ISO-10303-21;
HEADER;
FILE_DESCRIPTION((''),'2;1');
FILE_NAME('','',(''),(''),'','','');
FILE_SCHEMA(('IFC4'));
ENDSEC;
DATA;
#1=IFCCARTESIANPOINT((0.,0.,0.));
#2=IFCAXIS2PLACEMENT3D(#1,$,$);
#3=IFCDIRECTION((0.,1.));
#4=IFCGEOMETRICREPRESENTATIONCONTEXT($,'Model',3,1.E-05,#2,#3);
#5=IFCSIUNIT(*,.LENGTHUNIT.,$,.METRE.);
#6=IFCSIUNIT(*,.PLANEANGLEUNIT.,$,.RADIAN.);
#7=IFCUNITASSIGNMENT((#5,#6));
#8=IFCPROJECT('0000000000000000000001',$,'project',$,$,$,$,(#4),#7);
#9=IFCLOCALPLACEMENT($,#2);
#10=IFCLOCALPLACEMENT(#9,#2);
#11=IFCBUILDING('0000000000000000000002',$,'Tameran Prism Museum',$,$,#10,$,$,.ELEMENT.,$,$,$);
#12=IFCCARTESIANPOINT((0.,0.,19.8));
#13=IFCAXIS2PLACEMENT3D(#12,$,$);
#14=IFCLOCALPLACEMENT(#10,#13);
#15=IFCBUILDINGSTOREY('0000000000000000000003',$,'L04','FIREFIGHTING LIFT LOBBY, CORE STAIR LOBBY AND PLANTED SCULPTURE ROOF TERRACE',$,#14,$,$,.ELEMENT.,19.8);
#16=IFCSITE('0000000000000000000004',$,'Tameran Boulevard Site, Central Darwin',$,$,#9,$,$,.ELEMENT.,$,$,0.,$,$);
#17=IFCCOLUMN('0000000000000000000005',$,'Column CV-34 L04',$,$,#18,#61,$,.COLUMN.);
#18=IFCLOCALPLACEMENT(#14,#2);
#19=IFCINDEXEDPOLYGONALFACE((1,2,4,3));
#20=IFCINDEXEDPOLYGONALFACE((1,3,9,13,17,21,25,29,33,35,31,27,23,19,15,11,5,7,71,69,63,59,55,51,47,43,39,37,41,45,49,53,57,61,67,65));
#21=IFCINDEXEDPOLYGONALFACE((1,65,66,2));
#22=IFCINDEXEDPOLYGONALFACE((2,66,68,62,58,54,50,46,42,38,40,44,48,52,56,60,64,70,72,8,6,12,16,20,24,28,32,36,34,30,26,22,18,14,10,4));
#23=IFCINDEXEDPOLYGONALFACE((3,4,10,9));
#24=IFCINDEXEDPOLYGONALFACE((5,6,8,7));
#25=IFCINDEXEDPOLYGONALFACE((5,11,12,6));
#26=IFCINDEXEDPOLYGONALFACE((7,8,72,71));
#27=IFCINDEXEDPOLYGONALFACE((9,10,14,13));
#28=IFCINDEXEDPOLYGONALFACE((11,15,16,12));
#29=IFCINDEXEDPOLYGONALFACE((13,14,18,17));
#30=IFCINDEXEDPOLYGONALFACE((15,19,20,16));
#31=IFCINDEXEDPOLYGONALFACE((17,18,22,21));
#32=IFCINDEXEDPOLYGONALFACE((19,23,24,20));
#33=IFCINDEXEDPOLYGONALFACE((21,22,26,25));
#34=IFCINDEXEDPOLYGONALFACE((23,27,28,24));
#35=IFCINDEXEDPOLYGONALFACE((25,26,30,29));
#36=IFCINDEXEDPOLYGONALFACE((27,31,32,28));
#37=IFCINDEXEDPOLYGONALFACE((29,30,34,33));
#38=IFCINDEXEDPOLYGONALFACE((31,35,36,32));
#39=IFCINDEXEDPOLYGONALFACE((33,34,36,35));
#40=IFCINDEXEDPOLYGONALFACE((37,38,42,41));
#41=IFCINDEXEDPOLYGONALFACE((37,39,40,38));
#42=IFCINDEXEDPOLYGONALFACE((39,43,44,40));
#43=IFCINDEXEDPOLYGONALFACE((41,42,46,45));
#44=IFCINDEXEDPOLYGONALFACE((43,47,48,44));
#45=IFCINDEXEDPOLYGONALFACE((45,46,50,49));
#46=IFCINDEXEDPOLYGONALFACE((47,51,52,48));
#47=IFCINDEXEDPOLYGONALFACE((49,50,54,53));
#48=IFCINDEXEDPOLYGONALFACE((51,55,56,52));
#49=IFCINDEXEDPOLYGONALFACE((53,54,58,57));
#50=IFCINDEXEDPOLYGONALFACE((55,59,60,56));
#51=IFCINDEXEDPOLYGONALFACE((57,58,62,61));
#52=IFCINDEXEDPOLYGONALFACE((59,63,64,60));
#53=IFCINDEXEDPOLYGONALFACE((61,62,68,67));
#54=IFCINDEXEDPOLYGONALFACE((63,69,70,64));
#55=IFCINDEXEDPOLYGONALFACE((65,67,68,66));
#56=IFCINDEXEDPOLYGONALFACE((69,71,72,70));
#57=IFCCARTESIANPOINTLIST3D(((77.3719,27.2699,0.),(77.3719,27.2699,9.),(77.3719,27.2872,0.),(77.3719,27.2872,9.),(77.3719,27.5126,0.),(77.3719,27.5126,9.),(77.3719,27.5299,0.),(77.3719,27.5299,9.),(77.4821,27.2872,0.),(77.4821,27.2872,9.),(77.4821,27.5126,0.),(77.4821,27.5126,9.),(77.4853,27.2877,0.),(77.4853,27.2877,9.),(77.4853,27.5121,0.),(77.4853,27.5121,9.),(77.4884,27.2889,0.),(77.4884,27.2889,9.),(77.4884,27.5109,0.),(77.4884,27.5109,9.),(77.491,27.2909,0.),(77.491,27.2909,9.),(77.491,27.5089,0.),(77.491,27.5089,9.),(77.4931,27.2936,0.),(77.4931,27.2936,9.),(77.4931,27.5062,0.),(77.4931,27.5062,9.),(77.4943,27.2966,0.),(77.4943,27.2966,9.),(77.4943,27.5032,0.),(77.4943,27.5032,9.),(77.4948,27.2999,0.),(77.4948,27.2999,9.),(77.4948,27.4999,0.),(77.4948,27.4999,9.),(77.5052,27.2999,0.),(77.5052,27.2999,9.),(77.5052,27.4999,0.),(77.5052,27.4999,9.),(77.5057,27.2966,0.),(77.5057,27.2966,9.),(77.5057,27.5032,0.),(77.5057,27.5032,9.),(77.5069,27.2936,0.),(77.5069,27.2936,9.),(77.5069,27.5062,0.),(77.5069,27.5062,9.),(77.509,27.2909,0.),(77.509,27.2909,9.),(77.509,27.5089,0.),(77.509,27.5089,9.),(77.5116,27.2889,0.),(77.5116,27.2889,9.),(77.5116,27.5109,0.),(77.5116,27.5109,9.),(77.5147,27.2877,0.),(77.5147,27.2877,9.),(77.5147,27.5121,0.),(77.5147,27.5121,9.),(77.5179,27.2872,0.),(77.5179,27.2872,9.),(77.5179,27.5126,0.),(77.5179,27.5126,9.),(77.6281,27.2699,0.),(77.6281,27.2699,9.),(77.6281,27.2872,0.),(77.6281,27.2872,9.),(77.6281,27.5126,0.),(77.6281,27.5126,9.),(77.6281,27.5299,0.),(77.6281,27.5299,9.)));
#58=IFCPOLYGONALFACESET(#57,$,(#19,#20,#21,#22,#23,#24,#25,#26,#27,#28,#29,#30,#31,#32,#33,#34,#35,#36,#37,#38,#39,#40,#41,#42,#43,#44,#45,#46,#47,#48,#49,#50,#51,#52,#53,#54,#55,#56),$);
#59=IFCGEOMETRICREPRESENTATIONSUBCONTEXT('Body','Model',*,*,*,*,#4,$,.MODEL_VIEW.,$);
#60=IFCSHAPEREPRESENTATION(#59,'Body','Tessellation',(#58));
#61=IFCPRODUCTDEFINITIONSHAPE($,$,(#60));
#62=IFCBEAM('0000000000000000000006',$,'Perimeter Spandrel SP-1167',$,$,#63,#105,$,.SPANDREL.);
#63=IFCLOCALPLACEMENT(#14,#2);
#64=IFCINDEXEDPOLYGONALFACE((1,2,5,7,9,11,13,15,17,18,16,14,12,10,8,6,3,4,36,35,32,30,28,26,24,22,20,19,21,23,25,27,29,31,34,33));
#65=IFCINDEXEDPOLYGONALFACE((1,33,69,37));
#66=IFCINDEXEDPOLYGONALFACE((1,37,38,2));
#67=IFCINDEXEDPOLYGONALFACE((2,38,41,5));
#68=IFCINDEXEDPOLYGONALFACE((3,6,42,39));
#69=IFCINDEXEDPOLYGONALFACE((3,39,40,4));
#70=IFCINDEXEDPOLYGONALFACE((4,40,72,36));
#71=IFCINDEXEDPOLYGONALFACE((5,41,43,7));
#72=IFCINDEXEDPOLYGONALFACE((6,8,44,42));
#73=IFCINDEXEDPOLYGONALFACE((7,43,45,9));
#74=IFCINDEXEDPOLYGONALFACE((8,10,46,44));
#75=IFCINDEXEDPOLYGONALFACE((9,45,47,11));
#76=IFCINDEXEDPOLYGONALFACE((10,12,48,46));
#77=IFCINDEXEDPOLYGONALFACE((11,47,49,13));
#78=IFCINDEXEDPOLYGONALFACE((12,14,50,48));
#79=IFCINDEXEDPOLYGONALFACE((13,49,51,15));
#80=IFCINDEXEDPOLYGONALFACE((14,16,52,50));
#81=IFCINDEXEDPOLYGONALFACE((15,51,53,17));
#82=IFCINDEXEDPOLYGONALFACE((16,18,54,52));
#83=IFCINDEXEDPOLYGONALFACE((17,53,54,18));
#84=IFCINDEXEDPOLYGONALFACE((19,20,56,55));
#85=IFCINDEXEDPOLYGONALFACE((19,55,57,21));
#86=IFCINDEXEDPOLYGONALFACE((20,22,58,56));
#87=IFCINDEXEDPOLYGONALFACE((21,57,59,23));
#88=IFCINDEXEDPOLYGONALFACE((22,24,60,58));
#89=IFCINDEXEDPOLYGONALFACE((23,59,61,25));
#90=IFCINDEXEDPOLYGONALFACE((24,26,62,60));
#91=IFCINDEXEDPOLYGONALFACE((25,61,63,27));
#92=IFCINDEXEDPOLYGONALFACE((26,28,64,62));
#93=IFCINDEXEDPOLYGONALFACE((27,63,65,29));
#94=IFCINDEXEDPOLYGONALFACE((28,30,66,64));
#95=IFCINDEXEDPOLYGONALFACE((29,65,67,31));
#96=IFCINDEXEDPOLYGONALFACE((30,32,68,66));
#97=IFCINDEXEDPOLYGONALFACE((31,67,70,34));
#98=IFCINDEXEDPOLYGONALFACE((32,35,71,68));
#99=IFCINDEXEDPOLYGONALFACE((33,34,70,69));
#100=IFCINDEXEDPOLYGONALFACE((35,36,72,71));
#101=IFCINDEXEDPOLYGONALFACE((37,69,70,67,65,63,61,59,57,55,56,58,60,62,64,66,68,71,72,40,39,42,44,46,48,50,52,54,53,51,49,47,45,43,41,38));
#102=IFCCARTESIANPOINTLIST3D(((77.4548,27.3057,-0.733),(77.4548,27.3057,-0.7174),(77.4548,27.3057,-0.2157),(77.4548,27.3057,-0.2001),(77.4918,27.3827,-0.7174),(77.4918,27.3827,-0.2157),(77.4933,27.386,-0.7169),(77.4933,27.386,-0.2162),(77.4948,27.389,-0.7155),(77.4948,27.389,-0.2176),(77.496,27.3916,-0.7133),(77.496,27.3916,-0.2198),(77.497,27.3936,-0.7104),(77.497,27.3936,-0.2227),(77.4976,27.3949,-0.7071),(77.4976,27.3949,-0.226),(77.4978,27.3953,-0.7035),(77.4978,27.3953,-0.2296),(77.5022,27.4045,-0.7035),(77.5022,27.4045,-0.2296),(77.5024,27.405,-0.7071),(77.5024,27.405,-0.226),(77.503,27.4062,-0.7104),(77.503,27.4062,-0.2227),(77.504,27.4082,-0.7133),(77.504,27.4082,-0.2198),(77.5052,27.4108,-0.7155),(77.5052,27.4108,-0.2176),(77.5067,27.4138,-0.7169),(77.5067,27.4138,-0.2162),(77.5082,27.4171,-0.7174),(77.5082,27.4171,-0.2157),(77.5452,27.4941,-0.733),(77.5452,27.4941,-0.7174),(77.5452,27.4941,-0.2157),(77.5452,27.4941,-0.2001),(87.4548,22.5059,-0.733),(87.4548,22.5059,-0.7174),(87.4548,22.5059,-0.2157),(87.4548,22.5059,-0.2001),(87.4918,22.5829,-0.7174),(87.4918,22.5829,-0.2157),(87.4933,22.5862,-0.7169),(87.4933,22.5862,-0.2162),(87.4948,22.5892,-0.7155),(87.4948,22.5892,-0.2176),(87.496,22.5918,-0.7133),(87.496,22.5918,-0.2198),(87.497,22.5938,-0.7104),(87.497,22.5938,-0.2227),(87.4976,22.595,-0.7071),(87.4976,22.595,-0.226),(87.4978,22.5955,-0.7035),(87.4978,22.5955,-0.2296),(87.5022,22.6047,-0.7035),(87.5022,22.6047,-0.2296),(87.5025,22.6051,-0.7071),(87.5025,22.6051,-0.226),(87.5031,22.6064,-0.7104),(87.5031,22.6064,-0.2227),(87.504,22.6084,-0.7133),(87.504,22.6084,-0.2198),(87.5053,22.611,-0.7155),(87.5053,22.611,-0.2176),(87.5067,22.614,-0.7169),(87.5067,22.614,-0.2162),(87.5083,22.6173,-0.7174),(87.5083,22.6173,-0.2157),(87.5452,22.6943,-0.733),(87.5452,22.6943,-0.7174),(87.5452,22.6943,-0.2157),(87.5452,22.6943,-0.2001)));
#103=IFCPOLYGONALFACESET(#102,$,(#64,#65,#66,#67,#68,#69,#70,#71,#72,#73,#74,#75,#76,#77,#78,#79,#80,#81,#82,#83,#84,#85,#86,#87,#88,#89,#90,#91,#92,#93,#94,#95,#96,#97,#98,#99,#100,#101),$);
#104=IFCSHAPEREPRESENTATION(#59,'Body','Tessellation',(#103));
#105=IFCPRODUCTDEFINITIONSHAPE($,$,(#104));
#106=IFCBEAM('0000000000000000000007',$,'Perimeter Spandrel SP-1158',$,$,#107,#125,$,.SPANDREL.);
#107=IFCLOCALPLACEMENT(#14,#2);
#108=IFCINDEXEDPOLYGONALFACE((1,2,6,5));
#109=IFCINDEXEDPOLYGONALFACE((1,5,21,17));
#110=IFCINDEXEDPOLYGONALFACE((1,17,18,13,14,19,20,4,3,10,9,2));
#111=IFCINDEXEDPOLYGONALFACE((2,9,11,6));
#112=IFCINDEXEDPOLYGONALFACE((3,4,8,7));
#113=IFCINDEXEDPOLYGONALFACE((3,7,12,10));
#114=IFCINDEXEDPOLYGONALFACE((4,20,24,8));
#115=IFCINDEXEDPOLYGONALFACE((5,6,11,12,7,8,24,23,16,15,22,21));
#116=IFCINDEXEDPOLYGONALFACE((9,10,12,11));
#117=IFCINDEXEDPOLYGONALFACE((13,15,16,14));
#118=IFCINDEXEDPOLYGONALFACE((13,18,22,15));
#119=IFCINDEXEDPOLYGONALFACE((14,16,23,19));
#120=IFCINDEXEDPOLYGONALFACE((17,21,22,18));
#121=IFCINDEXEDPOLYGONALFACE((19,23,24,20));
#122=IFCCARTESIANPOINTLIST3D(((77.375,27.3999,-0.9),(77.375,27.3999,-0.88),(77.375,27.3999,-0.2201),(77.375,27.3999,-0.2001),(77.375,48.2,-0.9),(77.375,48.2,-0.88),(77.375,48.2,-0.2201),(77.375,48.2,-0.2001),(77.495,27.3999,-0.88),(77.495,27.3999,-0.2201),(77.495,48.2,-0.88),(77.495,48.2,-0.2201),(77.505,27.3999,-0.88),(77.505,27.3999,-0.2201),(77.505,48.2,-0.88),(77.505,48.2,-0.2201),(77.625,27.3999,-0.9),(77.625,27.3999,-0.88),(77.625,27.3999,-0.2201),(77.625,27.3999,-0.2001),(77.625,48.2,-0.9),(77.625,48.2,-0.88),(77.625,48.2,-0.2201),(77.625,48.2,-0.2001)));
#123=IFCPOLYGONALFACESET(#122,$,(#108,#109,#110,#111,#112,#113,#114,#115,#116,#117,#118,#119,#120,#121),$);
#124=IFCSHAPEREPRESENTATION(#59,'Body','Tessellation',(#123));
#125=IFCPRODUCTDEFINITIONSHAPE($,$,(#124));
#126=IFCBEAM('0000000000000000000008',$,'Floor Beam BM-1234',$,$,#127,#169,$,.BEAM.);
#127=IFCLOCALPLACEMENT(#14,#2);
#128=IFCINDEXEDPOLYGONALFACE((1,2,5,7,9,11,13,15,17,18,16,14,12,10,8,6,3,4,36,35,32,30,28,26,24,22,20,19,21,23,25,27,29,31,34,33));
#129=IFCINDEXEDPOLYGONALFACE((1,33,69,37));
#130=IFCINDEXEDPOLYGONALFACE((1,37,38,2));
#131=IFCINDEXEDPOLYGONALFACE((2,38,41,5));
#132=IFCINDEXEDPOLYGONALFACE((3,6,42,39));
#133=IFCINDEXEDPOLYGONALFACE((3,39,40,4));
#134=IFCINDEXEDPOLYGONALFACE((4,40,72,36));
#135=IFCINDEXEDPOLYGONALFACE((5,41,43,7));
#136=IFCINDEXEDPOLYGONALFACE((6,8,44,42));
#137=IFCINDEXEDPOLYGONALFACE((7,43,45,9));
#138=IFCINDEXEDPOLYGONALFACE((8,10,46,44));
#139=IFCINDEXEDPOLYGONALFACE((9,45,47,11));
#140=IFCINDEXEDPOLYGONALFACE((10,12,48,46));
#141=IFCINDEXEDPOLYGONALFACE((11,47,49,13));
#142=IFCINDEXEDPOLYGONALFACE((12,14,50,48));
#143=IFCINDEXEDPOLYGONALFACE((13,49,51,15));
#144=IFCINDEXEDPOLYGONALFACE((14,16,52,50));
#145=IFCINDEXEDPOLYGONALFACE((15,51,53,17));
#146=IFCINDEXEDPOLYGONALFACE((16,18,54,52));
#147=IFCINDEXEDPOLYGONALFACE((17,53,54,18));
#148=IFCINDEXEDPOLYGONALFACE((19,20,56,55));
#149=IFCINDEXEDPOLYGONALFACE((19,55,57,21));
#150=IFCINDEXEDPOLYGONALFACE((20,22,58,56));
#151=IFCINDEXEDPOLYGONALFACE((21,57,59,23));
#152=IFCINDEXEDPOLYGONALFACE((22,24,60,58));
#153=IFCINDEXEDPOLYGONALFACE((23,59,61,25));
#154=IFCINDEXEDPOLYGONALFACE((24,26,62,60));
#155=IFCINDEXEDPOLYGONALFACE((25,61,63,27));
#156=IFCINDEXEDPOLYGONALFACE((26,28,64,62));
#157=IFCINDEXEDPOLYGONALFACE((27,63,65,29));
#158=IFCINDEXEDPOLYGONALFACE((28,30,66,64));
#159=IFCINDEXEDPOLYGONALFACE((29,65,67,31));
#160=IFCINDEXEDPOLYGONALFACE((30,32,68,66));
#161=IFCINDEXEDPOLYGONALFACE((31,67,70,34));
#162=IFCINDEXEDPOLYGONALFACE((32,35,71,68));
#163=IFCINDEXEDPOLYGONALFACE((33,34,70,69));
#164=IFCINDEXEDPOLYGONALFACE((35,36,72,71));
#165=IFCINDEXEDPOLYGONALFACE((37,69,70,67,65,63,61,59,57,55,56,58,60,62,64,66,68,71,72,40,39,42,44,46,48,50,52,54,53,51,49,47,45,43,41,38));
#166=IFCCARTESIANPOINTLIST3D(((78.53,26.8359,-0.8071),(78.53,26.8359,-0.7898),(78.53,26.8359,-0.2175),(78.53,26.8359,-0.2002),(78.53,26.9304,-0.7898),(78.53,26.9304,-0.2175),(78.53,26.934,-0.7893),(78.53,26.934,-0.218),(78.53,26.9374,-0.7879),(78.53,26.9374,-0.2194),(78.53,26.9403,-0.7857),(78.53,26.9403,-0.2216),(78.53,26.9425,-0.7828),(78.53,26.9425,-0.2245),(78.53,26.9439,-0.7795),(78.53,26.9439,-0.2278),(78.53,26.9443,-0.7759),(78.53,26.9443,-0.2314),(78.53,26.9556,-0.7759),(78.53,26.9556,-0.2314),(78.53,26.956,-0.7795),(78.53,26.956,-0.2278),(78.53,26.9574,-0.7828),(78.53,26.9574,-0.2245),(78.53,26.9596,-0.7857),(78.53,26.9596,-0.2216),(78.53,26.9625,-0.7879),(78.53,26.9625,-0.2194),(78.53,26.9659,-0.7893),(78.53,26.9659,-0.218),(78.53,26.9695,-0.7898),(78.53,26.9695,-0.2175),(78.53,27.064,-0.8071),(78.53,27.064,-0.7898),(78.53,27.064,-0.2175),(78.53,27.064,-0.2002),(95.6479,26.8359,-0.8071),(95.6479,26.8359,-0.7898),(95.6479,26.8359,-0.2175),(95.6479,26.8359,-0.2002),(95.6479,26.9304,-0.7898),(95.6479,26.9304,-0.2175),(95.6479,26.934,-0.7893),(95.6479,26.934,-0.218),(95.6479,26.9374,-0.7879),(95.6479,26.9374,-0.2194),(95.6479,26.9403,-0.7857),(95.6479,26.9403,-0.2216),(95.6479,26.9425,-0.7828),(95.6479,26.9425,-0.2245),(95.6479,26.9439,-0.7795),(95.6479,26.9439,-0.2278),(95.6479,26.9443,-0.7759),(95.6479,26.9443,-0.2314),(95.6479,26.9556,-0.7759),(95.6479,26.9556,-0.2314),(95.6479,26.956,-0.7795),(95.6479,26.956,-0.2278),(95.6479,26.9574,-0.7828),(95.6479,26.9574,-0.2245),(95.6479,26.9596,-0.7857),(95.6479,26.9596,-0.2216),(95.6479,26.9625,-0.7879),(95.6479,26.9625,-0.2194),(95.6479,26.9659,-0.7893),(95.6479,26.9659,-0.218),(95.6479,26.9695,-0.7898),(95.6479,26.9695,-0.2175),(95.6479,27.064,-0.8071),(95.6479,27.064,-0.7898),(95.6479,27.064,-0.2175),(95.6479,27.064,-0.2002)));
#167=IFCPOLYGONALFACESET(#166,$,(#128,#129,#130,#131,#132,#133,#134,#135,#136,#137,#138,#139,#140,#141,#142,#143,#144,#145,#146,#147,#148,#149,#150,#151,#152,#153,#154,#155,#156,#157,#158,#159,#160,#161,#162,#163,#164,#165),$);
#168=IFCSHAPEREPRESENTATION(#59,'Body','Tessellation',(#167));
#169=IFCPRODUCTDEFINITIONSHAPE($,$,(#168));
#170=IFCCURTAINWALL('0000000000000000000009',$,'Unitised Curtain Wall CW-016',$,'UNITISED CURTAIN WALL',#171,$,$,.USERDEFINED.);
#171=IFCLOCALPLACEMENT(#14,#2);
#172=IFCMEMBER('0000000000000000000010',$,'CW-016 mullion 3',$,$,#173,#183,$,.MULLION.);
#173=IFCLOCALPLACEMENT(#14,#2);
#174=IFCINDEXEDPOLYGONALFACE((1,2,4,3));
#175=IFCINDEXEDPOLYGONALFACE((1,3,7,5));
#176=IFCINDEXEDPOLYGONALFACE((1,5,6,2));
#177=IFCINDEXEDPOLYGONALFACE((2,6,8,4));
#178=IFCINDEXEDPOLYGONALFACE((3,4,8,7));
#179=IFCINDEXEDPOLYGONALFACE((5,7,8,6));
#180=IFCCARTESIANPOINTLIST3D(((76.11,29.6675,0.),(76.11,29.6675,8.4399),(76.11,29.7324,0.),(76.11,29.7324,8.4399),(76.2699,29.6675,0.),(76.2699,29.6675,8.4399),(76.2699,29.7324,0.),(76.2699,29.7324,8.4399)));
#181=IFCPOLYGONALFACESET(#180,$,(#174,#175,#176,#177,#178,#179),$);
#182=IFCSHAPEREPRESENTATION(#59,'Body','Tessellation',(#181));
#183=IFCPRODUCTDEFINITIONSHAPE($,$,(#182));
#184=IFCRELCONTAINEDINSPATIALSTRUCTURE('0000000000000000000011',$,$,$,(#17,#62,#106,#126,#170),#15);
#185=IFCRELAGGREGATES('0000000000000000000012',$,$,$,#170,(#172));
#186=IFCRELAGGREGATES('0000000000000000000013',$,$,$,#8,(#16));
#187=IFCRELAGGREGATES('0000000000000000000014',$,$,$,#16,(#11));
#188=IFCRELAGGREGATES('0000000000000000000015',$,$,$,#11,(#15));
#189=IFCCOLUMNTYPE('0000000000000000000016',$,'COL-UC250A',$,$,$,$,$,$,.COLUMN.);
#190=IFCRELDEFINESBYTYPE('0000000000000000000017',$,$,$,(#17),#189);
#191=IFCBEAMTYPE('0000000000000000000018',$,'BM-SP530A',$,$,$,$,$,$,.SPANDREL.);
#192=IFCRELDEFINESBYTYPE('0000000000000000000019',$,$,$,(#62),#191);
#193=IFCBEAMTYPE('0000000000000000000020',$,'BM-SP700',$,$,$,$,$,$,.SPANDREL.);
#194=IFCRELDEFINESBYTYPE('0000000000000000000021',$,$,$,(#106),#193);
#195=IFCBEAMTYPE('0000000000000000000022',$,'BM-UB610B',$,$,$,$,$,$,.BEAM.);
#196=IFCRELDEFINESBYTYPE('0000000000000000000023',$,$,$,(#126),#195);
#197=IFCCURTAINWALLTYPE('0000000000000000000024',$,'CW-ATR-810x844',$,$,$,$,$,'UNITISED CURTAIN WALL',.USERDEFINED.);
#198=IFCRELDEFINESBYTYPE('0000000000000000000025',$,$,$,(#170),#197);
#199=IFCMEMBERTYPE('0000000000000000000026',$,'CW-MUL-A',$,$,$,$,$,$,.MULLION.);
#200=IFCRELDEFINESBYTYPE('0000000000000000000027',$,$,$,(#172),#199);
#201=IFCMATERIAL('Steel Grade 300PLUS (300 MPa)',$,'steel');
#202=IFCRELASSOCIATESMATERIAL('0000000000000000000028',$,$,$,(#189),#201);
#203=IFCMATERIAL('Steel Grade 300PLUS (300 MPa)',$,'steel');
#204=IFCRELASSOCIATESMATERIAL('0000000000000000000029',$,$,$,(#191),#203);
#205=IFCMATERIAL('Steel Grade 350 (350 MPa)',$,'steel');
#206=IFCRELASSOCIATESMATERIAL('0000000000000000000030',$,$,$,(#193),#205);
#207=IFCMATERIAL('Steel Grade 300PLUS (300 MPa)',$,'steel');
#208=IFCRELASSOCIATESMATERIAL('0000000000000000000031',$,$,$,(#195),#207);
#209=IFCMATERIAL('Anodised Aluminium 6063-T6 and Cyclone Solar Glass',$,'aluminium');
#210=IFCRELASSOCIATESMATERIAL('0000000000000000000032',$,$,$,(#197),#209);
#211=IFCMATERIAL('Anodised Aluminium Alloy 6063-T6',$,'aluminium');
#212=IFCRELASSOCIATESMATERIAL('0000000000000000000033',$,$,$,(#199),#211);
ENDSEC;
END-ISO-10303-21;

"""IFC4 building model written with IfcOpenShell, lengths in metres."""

from ifc_helpers import new_model, si_unit, direction, frame, origin, origin_2d, place, context, subcontext, project, spatial, rectangle, i_section, extrude, material, material_profile, profile_set, type_object, element, aggregate, save


model = new_model("IFC4")

# Units and contexts
model_context = context("Model", 3, precision=1e-05, world=origin(), true_north=direction((0.0, 1.0)))
body_context = subcontext(model_context, "Body", "Model", "MODEL_VIEW")
ifc_project = project(units=[si_unit("LENGTHUNIT", "METRE"), si_unit("PLANEANGLEUNIT", "RADIAN")], contexts=[model_context])

# Site, building, storey
site_placement = place(None, origin())
site = spatial("IfcSite", under=ifc_project, at=site_placement, Name="Tameran Boulevard Site, Central Darwin", CompositionType="ELEMENT", RefElevation=0.0)
building_placement = place(site_placement, origin())
building = spatial("IfcBuilding", under=site, at=building_placement, Name="Tameran Prism Museum", CompositionType="ELEMENT")
storey_placement = place(building_placement, frame((0.0, 0.0, 19.8)))
storey = spatial("IfcBuildingStorey", under=building, at=storey_placement, Name="L04", Description="FIREFIGHTING LIFT LOBBY, CORE STAIR LOBBY AND PLANTED SCULPTURE ROOF TERRACE", CompositionType="ELEMENT", Elevation=19.8)

# Column
ifc_material_1 = material(Name="Steel Grade 300PLUS (300 MPa)", Category="steel")
ifc_material_profile_1 = material_profile(ifc_material_1, i_section(OverallWidth=0.2561, OverallDepth=0.26, WebThickness=0.0105, FlangeThickness=0.0173, FilletRadius=0.0127, at=origin_2d()))
ifc_profile_set_1 = profile_set([ifc_material_profile_1])
column_type = type_object("IfcColumnType", Name="COL-UC250A", PredefinedType="COLUMN", material=ifc_profile_set_1)
column_placement = place(storey_placement, frame((77.5, 27.3999, 0.0), z_axis=(0.0, 0.0, 1.0), x_axis=(1.0, 0.0, 0.0)))
element("IfcColumn", 1, at=column_placement, inside=storey, type_object=column_type, Name="Column CV-34 L04", PredefinedType="COLUMN", context=body_context, shape_type="SweptSolid", body=[
    extrude(i_section(OverallWidth=0.2561, OverallDepth=0.26, WebThickness=0.0105, FlangeThickness=0.0173, FilletRadius=0.0127, at=origin_2d()), origin(), (0.0, 0.0, 1.0), 9.0),
])

# Beams
ifc_material_2 = material(Name="Steel Grade 300PLUS (300 MPa)", Category="steel")
ifc_material_profile_2 = material_profile(ifc_material_2, i_section(OverallWidth=0.209, OverallDepth=0.533, WebThickness=0.0103, FlangeThickness=0.0156, FilletRadius=0.0139, at=origin_2d()))
ifc_profile_set_2 = profile_set([ifc_material_profile_2])
beam_type_1 = type_object("IfcBeamType", Name="BM-SP530A", PredefinedType="SPANDREL", material=ifc_profile_set_2)
beam_1_placement = place(storey_placement, frame((77.5, 27.3999, -0.4666), z_axis=(0.90153, -0.432717, 0.0), x_axis=(0.432717, 0.90153, 0.0)))
element("IfcBeam", 2, at=beam_1_placement, inside=storey, type_object=beam_type_1, Name="Perimeter Spandrel SP-1167", PredefinedType="SPANDREL", context=body_context, shape_type="SweptSolid", body=[
    extrude(i_section(OverallWidth=0.209, OverallDepth=0.533, WebThickness=0.0103, FlangeThickness=0.0156, FilletRadius=0.0139, at=origin_2d()), origin(), (0.0, 0.0, 1.0), 11.0923),
])
ifc_material_3 = material(Name="Steel Grade 350 (350 MPa)", Category="steel")
ifc_material_profile_3 = material_profile(ifc_material_3, i_section(OverallWidth=0.25, OverallDepth=0.7, WebThickness=0.01, FlangeThickness=0.02, at=origin_2d()))
ifc_profile_set_3 = profile_set([ifc_material_profile_3])
beam_type_2 = type_object("IfcBeamType", Name="BM-SP700", PredefinedType="SPANDREL", material=ifc_profile_set_3)
beam_2_placement = place(storey_placement, frame((77.5, 27.3999, -0.55), z_axis=(0.0, 1.0, 0.0), x_axis=(-1.0, 0.0, 0.0)))
element("IfcBeam", 3, at=beam_2_placement, inside=storey, type_object=beam_type_2, Name="Perimeter Spandrel SP-1158", PredefinedType="SPANDREL", context=body_context, shape_type="SweptSolid", body=[
    extrude(i_section(OverallWidth=0.25, OverallDepth=0.7, WebThickness=0.01, FlangeThickness=0.02, at=origin_2d()), origin(), (0.0, 0.0, 1.0), 20.8),
])
ifc_material_4 = material(Name="Steel Grade 300PLUS (300 MPa)", Category="steel")
ifc_material_profile_4 = material_profile(ifc_material_4, i_section(OverallWidth=0.228, OverallDepth=0.6069, WebThickness=0.0112, FlangeThickness=0.0173, FilletRadius=0.0139, at=origin_2d()))
ifc_profile_set_4 = profile_set([ifc_material_profile_4])
beam_type_3 = type_object("IfcBeamType", Name="BM-UB610B", PredefinedType="BEAM", material=ifc_profile_set_4)
beam_3_placement = place(storey_placement, frame((78.53, 26.95, -0.5037), z_axis=(1.0, 0.0, 0.0), x_axis=(0.0, 1.0, 0.0)))
element("IfcBeam", 4, at=beam_3_placement, inside=storey, type_object=beam_type_3, Name="Floor Beam BM-1234", PredefinedType="BEAM", context=body_context, shape_type="SweptSolid", body=[
    extrude(i_section(OverallWidth=0.228, OverallDepth=0.6069, WebThickness=0.0112, FlangeThickness=0.0173, FilletRadius=0.0139, at=origin_2d()), origin(), (0.0, 0.0, 1.0), 17.1179),
])

# Curtain wall, member
ifc_material_5 = material(Name="Anodised Aluminium 6063-T6 and Cyclone Solar Glass", Category="aluminium")
curtain_wall_type_1 = type_object("IfcCurtainWallType", Name="CW-ATR-810x844", ElementType="UNITISED CURTAIN WALL", PredefinedType="USERDEFINED", material=ifc_material_5)
curtain_wall_1_placement = place(storey_placement, origin())
curtain_wall_1 = element("IfcCurtainWall", 5, at=curtain_wall_1_placement, inside=storey, type_object=curtain_wall_type_1, Name="Unitised Curtain Wall CW-016", ObjectType="UNITISED CURTAIN WALL", PredefinedType="USERDEFINED")
ifc_material_6 = material(Name="Anodised Aluminium Alloy 6063-T6", Category="aluminium")
ifc_material_profile_5 = material_profile(ifc_material_6, rectangle(XDim=0.0649, YDim=0.1599, at=origin_2d()))
ifc_profile_set_5 = profile_set([ifc_material_profile_5])
member_type_1 = type_object("IfcMemberType", Name="CW-MUL-A", PredefinedType="MULLION", material=ifc_profile_set_5)
member_1_placement = place(storey_placement, frame((76.1899, 29.7, 0.0), z_axis=(0.0, 0.0, 1.0), x_axis=(0.0, 1.0, 0.0)))
member_1 = element("IfcMember", 6, at=member_1_placement, type_object=member_type_1, Name="CW-016 mullion 3", PredefinedType="MULLION", context=body_context, shape_type="SweptSolid", body=[
    extrude(rectangle(XDim=0.0649, YDim=0.1599, at=origin_2d()), origin(), (0.0, 0.0, 1.0), 8.4399),
])

aggregate(curtain_wall_1, [member_1])

save(model, "model.ifc")
